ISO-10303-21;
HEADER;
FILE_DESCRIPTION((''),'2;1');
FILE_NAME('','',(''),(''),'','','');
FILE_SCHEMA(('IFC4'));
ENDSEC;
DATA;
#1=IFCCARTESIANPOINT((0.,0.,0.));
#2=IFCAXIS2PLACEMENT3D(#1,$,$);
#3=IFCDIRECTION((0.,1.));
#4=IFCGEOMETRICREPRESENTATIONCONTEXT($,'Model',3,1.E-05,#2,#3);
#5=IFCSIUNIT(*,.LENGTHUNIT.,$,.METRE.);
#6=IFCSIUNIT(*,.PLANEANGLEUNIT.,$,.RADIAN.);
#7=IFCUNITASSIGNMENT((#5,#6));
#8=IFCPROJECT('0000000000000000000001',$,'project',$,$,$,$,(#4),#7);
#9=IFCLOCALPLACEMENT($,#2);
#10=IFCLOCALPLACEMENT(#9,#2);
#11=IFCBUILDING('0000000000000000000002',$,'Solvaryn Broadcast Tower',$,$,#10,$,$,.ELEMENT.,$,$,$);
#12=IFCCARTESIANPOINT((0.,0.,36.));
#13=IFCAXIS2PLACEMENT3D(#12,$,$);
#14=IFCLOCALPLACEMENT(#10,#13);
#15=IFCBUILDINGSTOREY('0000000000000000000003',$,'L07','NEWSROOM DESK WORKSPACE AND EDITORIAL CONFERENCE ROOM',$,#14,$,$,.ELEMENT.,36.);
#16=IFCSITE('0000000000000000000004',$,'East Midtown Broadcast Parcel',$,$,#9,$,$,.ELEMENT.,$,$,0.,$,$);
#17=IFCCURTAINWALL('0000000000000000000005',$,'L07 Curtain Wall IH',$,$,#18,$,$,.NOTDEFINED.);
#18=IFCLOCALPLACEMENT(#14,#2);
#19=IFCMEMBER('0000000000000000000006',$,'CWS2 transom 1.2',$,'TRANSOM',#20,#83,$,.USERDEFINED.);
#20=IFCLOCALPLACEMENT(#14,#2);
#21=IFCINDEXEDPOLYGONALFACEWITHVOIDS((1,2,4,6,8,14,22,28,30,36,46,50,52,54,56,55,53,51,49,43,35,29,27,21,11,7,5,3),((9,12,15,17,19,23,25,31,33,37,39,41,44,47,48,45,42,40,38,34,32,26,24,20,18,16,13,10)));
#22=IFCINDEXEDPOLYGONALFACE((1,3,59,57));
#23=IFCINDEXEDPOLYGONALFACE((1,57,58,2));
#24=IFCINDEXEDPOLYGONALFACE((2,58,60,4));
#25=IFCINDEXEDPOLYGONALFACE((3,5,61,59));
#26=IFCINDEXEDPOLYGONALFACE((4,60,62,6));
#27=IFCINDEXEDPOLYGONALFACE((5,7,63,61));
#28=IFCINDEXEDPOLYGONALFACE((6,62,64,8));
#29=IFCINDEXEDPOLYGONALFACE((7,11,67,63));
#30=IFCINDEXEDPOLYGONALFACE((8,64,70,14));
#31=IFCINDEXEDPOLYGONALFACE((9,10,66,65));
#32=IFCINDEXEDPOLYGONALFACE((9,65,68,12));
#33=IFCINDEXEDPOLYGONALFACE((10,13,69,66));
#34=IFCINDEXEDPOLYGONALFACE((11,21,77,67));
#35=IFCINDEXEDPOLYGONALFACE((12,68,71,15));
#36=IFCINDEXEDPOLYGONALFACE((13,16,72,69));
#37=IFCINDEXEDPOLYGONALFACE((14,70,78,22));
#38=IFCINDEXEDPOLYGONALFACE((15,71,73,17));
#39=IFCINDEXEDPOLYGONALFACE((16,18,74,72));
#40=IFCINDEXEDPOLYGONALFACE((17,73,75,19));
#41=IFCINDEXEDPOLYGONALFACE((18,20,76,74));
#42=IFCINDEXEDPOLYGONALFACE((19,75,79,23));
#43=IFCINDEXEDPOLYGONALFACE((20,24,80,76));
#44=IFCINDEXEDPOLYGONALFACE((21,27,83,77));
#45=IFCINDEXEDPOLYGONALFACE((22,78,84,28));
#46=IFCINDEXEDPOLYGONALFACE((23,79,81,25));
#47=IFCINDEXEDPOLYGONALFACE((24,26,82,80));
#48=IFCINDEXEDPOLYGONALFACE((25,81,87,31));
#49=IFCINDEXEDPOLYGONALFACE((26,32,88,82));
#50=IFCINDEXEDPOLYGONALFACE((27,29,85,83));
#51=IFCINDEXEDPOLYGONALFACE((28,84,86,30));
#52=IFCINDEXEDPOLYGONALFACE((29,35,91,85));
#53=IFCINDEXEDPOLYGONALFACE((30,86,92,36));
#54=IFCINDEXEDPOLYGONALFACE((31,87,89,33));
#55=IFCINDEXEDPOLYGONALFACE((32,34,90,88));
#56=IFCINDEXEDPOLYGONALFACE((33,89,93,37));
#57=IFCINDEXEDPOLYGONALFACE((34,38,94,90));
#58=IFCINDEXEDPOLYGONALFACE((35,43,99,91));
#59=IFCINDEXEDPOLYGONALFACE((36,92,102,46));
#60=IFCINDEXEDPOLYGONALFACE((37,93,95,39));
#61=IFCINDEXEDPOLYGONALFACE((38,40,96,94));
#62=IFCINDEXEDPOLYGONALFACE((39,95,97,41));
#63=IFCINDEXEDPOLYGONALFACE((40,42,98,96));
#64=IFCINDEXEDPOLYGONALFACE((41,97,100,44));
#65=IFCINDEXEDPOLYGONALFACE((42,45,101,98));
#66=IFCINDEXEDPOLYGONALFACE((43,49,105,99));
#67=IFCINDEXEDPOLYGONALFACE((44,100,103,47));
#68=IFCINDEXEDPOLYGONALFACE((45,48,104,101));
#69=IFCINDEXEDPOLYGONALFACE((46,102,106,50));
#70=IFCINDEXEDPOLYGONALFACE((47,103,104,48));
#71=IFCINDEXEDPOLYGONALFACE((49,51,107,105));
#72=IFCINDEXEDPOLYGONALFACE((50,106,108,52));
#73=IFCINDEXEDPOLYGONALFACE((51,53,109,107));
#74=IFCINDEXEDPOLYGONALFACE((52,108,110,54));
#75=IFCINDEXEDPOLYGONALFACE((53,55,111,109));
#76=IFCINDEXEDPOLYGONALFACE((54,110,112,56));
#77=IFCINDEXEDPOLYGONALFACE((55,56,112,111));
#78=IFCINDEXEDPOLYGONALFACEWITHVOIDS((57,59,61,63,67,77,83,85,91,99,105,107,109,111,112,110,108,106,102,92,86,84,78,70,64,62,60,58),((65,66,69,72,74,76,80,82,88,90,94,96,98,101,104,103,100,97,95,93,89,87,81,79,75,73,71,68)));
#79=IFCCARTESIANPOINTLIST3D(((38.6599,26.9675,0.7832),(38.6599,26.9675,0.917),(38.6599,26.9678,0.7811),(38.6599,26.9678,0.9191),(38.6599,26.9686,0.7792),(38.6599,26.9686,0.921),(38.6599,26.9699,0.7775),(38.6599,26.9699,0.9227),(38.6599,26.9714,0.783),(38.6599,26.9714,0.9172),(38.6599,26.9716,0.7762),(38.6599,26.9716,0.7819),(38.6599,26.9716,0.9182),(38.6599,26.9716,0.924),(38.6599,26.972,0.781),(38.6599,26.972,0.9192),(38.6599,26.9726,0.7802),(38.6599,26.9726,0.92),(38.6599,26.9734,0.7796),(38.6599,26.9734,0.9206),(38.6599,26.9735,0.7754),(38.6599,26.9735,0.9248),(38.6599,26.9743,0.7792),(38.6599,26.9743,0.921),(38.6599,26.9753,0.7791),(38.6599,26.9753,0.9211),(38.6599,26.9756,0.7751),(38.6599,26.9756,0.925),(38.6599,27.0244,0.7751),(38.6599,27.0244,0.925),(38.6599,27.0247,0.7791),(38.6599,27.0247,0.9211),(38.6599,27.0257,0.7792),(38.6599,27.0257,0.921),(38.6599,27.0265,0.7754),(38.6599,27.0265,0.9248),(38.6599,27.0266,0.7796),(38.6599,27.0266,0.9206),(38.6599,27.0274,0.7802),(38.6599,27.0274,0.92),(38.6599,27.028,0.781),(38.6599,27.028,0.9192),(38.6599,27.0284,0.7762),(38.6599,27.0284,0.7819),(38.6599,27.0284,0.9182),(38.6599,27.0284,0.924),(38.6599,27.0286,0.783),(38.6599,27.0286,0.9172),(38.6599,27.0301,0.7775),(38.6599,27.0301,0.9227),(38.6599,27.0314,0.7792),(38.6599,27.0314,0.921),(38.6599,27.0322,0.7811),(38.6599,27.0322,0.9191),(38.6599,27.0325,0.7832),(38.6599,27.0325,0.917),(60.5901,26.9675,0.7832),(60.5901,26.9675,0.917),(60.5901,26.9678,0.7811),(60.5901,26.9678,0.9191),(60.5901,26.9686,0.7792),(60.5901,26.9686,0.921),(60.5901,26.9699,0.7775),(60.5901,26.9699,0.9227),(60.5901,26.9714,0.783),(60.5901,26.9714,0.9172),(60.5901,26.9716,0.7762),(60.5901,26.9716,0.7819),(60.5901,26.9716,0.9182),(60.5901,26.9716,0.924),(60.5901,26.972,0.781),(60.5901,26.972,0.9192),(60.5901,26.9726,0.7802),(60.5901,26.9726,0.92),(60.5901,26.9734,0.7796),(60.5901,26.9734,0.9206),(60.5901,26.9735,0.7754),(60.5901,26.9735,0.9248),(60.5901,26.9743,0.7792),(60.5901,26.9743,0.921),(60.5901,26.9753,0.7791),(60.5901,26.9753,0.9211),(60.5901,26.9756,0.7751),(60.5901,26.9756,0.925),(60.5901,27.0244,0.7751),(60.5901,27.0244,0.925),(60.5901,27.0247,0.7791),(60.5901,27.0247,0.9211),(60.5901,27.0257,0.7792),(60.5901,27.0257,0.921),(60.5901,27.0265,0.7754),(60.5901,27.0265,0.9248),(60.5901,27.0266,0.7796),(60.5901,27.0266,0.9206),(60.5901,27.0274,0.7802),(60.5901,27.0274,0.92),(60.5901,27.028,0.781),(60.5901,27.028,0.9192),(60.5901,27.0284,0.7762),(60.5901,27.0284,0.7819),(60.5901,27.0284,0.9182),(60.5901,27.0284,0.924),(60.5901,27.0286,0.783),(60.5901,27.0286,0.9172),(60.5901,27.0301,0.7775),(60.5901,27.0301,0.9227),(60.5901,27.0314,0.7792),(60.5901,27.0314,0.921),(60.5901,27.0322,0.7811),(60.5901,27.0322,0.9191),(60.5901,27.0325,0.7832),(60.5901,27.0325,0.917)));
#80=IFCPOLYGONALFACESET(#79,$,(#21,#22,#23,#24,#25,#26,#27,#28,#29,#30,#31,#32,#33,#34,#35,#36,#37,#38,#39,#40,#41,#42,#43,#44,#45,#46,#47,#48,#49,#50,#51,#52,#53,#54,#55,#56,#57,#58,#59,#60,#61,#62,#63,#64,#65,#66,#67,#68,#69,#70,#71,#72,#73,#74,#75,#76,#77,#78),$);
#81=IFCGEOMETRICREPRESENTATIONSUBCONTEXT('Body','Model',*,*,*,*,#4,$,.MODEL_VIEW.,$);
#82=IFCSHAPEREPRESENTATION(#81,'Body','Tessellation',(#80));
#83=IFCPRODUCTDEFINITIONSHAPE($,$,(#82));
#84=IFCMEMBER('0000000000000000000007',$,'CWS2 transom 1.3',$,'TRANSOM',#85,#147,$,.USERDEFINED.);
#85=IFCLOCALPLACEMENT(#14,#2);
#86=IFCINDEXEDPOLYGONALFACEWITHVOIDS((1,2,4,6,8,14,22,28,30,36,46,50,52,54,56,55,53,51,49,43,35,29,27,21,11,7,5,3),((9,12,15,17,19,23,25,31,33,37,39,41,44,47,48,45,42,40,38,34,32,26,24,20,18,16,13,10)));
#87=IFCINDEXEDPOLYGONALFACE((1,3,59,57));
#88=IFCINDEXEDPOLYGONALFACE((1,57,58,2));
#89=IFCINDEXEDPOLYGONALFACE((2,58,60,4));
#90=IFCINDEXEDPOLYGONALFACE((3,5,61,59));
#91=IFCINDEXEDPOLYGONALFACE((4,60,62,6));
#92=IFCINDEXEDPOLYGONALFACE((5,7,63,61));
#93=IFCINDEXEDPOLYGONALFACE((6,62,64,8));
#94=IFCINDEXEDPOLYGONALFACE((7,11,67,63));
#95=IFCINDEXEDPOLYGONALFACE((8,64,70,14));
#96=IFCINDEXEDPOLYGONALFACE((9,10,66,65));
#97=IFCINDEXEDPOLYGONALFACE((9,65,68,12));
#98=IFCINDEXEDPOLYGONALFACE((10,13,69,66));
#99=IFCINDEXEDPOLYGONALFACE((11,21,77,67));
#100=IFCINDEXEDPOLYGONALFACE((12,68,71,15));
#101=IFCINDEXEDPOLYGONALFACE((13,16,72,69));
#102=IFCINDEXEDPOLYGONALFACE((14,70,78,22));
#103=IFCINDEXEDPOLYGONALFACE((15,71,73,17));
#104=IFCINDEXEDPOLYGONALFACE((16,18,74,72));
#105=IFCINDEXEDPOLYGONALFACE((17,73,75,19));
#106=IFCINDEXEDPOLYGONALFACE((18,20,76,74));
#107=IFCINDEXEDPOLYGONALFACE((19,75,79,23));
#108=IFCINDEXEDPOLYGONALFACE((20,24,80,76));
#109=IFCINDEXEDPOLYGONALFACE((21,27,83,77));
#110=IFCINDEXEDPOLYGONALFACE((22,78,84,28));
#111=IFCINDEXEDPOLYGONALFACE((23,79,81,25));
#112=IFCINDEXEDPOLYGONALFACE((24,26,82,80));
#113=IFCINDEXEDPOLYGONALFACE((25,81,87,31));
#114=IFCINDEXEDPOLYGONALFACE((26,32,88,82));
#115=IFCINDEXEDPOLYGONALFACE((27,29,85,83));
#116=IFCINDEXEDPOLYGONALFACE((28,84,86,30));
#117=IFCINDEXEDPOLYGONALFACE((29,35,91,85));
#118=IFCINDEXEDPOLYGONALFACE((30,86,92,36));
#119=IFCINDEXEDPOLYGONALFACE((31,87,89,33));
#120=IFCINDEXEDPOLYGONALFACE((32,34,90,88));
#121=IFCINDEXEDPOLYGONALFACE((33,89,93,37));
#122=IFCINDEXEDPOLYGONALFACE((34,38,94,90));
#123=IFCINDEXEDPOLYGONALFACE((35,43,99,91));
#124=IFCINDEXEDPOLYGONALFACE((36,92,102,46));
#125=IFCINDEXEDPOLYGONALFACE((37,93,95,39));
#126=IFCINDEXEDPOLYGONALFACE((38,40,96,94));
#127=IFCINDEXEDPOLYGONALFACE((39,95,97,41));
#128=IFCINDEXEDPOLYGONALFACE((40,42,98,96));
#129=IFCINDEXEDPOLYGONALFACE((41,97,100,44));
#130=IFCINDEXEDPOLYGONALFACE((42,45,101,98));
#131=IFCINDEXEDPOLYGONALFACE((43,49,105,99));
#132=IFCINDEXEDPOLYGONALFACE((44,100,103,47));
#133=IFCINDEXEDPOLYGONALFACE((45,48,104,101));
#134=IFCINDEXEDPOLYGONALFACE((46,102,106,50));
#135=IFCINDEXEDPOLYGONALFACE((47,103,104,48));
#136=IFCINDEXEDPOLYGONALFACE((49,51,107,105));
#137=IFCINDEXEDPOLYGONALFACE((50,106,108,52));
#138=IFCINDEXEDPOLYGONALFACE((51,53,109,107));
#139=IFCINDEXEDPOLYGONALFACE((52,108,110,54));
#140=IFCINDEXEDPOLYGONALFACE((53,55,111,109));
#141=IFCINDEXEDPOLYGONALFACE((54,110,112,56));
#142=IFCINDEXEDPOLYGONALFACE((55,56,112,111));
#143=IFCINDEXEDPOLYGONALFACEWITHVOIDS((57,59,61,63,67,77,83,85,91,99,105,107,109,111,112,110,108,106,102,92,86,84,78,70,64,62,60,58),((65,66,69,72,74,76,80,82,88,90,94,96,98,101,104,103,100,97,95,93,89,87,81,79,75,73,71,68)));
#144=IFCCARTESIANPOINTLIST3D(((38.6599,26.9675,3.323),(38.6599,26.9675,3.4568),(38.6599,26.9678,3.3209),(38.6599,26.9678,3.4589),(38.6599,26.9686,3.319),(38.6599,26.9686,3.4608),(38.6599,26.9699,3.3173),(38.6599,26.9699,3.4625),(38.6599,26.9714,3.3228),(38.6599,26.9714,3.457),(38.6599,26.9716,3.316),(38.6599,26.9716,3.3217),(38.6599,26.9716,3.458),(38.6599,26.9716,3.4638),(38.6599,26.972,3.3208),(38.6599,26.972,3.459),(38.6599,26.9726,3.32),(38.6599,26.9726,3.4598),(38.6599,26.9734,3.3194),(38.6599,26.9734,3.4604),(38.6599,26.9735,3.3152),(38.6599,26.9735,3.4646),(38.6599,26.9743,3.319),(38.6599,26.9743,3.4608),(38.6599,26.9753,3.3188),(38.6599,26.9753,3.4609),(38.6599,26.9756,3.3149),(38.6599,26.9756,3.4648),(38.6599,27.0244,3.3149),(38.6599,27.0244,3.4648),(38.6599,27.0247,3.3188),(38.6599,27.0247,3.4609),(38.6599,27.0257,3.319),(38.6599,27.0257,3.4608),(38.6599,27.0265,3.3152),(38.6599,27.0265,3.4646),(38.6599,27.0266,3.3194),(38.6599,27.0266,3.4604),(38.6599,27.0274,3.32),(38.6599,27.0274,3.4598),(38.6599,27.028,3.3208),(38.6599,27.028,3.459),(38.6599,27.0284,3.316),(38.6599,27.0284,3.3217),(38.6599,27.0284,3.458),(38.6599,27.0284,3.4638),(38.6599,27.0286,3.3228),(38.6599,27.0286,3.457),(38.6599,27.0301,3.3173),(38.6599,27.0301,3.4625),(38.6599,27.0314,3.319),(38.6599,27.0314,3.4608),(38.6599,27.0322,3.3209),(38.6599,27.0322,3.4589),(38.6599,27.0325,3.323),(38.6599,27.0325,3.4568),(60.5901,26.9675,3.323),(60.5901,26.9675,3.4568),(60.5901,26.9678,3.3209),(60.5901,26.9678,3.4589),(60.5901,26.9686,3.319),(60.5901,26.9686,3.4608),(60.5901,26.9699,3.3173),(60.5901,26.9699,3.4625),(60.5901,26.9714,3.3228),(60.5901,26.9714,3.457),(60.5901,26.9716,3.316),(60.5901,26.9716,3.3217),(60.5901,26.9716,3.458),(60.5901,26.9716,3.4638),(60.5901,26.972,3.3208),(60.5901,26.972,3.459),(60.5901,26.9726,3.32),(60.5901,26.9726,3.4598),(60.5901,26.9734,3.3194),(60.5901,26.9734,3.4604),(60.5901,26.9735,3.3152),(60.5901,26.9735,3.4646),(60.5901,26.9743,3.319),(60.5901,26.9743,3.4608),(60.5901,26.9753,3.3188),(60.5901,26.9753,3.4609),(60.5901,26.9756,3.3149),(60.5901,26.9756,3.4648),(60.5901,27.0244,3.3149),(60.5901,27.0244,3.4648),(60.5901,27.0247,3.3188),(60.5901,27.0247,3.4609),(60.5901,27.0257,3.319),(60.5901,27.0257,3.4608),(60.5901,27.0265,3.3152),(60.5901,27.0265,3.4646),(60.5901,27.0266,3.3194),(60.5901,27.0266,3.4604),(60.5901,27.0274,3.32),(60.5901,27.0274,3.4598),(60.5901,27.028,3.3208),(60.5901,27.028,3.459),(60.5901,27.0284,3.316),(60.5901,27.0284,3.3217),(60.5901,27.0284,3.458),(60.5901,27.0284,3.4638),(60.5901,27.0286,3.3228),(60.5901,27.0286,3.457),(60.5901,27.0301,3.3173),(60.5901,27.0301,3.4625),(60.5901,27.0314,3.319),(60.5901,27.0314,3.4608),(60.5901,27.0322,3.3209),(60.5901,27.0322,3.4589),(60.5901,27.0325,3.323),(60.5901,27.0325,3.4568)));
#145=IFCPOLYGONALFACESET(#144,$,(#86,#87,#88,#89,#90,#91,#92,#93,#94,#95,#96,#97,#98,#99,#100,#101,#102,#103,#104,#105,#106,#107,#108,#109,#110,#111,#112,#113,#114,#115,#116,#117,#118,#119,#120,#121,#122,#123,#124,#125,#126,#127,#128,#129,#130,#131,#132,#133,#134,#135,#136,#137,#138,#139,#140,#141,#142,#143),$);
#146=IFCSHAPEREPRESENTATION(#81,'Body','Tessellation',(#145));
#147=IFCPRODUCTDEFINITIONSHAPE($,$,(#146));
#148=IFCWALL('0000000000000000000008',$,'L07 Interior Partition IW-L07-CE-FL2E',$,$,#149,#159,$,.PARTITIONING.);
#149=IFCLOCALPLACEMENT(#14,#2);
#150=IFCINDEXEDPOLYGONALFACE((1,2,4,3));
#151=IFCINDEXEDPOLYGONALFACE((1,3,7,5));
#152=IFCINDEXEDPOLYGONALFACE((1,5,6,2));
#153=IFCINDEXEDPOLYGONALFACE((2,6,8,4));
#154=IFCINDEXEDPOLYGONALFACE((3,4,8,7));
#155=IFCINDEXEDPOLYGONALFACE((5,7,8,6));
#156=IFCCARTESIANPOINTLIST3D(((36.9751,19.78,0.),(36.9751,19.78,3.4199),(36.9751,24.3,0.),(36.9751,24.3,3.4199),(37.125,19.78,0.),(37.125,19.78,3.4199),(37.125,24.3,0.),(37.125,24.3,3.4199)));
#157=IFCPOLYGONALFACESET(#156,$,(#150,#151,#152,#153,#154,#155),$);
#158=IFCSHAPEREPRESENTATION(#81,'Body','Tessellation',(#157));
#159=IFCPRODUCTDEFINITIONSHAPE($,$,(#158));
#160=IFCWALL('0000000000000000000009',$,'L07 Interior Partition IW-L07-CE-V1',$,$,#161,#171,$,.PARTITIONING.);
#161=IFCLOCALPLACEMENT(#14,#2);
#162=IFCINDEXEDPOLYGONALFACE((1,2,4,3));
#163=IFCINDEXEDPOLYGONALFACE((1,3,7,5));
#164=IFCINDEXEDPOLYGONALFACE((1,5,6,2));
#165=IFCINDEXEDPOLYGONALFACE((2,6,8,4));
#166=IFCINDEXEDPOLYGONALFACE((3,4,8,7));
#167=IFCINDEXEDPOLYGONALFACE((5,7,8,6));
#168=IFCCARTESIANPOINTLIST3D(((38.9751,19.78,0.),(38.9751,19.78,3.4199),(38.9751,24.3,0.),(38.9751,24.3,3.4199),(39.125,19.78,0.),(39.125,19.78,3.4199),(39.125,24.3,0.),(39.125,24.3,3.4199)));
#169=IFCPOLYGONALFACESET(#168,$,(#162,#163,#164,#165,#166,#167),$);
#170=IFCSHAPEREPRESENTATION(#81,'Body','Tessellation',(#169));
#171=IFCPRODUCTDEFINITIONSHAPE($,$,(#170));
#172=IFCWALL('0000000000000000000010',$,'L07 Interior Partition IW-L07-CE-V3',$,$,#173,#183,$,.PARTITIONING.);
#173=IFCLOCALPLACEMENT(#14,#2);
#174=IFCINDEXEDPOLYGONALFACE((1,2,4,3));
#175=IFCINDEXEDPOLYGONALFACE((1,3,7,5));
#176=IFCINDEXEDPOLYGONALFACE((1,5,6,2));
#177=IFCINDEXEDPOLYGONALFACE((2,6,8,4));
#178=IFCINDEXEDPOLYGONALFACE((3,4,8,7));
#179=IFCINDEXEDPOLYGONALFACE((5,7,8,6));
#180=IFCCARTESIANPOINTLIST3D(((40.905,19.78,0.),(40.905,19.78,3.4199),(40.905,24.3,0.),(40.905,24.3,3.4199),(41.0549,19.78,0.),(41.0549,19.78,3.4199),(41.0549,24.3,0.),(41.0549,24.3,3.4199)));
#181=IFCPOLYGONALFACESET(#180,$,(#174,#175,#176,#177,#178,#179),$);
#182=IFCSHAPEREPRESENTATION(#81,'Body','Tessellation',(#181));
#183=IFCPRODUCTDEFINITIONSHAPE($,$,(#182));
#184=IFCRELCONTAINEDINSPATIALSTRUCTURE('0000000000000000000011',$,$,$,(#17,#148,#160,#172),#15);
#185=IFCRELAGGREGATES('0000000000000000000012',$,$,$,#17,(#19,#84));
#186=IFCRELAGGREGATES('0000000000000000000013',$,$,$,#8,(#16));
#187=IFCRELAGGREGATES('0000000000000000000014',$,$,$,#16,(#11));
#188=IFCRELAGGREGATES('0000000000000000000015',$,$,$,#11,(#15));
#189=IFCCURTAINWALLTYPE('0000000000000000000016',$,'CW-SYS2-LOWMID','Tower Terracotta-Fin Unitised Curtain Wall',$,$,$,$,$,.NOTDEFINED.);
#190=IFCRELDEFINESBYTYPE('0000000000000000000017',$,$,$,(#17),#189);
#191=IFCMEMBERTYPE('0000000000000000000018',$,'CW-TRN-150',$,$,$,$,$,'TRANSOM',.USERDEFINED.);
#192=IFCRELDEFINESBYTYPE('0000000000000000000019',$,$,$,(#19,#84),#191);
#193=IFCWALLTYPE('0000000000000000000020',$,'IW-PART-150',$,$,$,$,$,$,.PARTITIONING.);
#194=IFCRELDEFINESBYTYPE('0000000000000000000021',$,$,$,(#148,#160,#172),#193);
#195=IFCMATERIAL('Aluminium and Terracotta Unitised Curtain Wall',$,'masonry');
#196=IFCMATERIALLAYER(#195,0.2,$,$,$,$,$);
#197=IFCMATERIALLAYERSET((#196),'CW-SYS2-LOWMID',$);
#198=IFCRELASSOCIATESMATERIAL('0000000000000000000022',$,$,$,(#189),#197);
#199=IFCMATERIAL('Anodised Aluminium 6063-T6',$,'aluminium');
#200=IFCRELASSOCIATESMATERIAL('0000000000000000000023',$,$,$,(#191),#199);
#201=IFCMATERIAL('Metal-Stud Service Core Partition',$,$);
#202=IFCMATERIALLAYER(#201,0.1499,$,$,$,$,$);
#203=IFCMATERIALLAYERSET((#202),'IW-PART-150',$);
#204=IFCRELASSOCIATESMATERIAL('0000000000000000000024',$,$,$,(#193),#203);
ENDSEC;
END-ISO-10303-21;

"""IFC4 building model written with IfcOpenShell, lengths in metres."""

from ifc_helpers import new_model, si_unit, direction, frame, frame_2d, origin, origin_2d, place, context, subcontext, project, spatial, rectangle, hollow_rectangle, extrude, material, layer, layer_set, material_profile, profile_set, type_object, element, aggregate, save


model = new_model("IFC4")

# Units and contexts
model_context = context("Model", 3, precision=1e-05, world=origin(), true_north=direction((0.0, 1.0)))
body_context = subcontext(model_context, "Body", "Model", "MODEL_VIEW")
ifc_project = project(units=[si_unit("LENGTHUNIT", "METRE"), si_unit("PLANEANGLEUNIT", "RADIAN")], contexts=[model_context])

# Site, building, storey
site_placement = place(None, origin())
site = spatial("IfcSite", under=ifc_project, at=site_placement, Name="East Midtown Broadcast Parcel", CompositionType="ELEMENT", RefElevation=0.0)
building_placement = place(site_placement, origin())
building = spatial("IfcBuilding", under=site, at=building_placement, Name="Solvaryn Broadcast Tower", CompositionType="ELEMENT")
storey_placement = place(building_placement, frame((0.0, 0.0, 36.0)))
storey = spatial("IfcBuildingStorey", under=building, at=storey_placement, Name="L07", Description="NEWSROOM DESK WORKSPACE AND EDITORIAL CONFERENCE ROOM", CompositionType="ELEMENT", Elevation=36.0)

# Curtain wall
ifc_material_1 = material(Name="Aluminium and Terracotta Unitised Curtain Wall", Category="masonry")
ifc_layer_1 = layer(ifc_material_1, 0.2)
ifc_layer_set_1 = layer_set([ifc_layer_1], Name="CW-SYS2-LOWMID")
curtain_wall_type = type_object("IfcCurtainWallType", Name="CW-SYS2-LOWMID", Description="Tower Terracotta-Fin Unitised Curtain Wall", PredefinedType="NOTDEFINED", material=ifc_layer_set_1)
curtain_wall_1_placement = place(storey_placement, origin())
curtain_wall_1 = element("IfcCurtainWall", 1, at=curtain_wall_1_placement, inside=storey, type_object=curtain_wall_type, Name="L07 Curtain Wall IH", PredefinedType="NOTDEFINED")

# Members
ifc_material_2 = material(Name="Anodised Aluminium 6063-T6", Category="aluminium")
ifc_material_profile_1 = material_profile(ifc_material_2, hollow_rectangle(XDim=0.0649, YDim=0.1499, WallThickness=0.0039, InnerFilletRadius=0.0039, OuterFilletRadius=0.0081, at=origin_2d()))
ifc_profile_set_1 = profile_set([ifc_material_profile_1], Name="Anodised Aluminium 6063-T6")
member_type_1 = type_object("IfcMemberType", Name="CW-TRN-150", ElementType="TRANSOM", PredefinedType="USERDEFINED", material=ifc_profile_set_1)
member_1_placement = place(storey_placement, frame((38.6599, 27.0, 0.8501), z_axis=(1.0, 0.0, 0.0), x_axis=(0.0, 1.0, 0.0)))
member_1 = element("IfcMember", 2, at=member_1_placement, type_object=member_type_1, Name="CWS2 transom 1.2", ObjectType="TRANSOM", PredefinedType="USERDEFINED", context=body_context, shape_type="SweptSolid", body=[
    extrude(hollow_rectangle(XDim=0.0649, YDim=0.1499, WallThickness=0.0039, InnerFilletRadius=0.0039, OuterFilletRadius=0.0081, at=origin_2d()), origin(), (0.0, 0.0, 1.0), 21.9302),
])
member_2_placement = place(storey_placement, frame((38.6599, 27.0, 3.3899), z_axis=(1.0, 0.0, 0.0), x_axis=(0.0, 1.0, 0.0)))
member_2 = element("IfcMember", 3, at=member_2_placement, type_object=member_type_1, Name="CWS2 transom 1.3", ObjectType="TRANSOM", PredefinedType="USERDEFINED", context=body_context, shape_type="SweptSolid", body=[
    extrude(hollow_rectangle(XDim=0.0649, YDim=0.1499, WallThickness=0.0039, InnerFilletRadius=0.0039, OuterFilletRadius=0.0081, at=origin_2d()), origin(), (0.0, 0.0, 1.0), 21.9302),
])
aggregate(curtain_wall_1, [member_1, member_2])

# Walls
ifc_material_3 = material(Name="Metal-Stud Service Core Partition")
ifc_layer_2 = layer(ifc_material_3, 0.1499)
ifc_layer_set_2 = layer_set([ifc_layer_2], Name="IW-PART-150")
wall_type_1 = type_object("IfcWallType", Name="IW-PART-150", PredefinedType="PARTITIONING", material=ifc_layer_set_2)
for number, where, z_axis, x_axis, name in (
    (4, (37.05, 19.78, 0.0), (0.0, 0.0, 1.0), (0.0, 1.0, 0.0), "L07 Interior Partition IW-L07-CE-FL2E"),
    (5, (39.05, 19.78, 0.0), (0.0, 0.0, 1.0), (0.0, 1.0, 0.0), "L07 Interior Partition IW-L07-CE-V1"),
    (6, (40.98, 19.78, 0.0), (0.0, 0.0, 1.0), (0.0, 1.0, 0.0), "L07 Interior Partition IW-L07-CE-V3"),
):
    element("IfcWall", number, at=place(storey_placement, frame(where, z_axis=z_axis, x_axis=x_axis)), inside=storey, type_object=wall_type_1, Name=name, PredefinedType="PARTITIONING", context=body_context, shape_type="SweptSolid", body=[
        extrude(rectangle(XDim=4.52, YDim=0.1499, at=frame_2d((2.26, 0.0))), origin(), (0.0, 0.0, 1.0), 3.4199),
    ])

save(model, "model.ifc")
